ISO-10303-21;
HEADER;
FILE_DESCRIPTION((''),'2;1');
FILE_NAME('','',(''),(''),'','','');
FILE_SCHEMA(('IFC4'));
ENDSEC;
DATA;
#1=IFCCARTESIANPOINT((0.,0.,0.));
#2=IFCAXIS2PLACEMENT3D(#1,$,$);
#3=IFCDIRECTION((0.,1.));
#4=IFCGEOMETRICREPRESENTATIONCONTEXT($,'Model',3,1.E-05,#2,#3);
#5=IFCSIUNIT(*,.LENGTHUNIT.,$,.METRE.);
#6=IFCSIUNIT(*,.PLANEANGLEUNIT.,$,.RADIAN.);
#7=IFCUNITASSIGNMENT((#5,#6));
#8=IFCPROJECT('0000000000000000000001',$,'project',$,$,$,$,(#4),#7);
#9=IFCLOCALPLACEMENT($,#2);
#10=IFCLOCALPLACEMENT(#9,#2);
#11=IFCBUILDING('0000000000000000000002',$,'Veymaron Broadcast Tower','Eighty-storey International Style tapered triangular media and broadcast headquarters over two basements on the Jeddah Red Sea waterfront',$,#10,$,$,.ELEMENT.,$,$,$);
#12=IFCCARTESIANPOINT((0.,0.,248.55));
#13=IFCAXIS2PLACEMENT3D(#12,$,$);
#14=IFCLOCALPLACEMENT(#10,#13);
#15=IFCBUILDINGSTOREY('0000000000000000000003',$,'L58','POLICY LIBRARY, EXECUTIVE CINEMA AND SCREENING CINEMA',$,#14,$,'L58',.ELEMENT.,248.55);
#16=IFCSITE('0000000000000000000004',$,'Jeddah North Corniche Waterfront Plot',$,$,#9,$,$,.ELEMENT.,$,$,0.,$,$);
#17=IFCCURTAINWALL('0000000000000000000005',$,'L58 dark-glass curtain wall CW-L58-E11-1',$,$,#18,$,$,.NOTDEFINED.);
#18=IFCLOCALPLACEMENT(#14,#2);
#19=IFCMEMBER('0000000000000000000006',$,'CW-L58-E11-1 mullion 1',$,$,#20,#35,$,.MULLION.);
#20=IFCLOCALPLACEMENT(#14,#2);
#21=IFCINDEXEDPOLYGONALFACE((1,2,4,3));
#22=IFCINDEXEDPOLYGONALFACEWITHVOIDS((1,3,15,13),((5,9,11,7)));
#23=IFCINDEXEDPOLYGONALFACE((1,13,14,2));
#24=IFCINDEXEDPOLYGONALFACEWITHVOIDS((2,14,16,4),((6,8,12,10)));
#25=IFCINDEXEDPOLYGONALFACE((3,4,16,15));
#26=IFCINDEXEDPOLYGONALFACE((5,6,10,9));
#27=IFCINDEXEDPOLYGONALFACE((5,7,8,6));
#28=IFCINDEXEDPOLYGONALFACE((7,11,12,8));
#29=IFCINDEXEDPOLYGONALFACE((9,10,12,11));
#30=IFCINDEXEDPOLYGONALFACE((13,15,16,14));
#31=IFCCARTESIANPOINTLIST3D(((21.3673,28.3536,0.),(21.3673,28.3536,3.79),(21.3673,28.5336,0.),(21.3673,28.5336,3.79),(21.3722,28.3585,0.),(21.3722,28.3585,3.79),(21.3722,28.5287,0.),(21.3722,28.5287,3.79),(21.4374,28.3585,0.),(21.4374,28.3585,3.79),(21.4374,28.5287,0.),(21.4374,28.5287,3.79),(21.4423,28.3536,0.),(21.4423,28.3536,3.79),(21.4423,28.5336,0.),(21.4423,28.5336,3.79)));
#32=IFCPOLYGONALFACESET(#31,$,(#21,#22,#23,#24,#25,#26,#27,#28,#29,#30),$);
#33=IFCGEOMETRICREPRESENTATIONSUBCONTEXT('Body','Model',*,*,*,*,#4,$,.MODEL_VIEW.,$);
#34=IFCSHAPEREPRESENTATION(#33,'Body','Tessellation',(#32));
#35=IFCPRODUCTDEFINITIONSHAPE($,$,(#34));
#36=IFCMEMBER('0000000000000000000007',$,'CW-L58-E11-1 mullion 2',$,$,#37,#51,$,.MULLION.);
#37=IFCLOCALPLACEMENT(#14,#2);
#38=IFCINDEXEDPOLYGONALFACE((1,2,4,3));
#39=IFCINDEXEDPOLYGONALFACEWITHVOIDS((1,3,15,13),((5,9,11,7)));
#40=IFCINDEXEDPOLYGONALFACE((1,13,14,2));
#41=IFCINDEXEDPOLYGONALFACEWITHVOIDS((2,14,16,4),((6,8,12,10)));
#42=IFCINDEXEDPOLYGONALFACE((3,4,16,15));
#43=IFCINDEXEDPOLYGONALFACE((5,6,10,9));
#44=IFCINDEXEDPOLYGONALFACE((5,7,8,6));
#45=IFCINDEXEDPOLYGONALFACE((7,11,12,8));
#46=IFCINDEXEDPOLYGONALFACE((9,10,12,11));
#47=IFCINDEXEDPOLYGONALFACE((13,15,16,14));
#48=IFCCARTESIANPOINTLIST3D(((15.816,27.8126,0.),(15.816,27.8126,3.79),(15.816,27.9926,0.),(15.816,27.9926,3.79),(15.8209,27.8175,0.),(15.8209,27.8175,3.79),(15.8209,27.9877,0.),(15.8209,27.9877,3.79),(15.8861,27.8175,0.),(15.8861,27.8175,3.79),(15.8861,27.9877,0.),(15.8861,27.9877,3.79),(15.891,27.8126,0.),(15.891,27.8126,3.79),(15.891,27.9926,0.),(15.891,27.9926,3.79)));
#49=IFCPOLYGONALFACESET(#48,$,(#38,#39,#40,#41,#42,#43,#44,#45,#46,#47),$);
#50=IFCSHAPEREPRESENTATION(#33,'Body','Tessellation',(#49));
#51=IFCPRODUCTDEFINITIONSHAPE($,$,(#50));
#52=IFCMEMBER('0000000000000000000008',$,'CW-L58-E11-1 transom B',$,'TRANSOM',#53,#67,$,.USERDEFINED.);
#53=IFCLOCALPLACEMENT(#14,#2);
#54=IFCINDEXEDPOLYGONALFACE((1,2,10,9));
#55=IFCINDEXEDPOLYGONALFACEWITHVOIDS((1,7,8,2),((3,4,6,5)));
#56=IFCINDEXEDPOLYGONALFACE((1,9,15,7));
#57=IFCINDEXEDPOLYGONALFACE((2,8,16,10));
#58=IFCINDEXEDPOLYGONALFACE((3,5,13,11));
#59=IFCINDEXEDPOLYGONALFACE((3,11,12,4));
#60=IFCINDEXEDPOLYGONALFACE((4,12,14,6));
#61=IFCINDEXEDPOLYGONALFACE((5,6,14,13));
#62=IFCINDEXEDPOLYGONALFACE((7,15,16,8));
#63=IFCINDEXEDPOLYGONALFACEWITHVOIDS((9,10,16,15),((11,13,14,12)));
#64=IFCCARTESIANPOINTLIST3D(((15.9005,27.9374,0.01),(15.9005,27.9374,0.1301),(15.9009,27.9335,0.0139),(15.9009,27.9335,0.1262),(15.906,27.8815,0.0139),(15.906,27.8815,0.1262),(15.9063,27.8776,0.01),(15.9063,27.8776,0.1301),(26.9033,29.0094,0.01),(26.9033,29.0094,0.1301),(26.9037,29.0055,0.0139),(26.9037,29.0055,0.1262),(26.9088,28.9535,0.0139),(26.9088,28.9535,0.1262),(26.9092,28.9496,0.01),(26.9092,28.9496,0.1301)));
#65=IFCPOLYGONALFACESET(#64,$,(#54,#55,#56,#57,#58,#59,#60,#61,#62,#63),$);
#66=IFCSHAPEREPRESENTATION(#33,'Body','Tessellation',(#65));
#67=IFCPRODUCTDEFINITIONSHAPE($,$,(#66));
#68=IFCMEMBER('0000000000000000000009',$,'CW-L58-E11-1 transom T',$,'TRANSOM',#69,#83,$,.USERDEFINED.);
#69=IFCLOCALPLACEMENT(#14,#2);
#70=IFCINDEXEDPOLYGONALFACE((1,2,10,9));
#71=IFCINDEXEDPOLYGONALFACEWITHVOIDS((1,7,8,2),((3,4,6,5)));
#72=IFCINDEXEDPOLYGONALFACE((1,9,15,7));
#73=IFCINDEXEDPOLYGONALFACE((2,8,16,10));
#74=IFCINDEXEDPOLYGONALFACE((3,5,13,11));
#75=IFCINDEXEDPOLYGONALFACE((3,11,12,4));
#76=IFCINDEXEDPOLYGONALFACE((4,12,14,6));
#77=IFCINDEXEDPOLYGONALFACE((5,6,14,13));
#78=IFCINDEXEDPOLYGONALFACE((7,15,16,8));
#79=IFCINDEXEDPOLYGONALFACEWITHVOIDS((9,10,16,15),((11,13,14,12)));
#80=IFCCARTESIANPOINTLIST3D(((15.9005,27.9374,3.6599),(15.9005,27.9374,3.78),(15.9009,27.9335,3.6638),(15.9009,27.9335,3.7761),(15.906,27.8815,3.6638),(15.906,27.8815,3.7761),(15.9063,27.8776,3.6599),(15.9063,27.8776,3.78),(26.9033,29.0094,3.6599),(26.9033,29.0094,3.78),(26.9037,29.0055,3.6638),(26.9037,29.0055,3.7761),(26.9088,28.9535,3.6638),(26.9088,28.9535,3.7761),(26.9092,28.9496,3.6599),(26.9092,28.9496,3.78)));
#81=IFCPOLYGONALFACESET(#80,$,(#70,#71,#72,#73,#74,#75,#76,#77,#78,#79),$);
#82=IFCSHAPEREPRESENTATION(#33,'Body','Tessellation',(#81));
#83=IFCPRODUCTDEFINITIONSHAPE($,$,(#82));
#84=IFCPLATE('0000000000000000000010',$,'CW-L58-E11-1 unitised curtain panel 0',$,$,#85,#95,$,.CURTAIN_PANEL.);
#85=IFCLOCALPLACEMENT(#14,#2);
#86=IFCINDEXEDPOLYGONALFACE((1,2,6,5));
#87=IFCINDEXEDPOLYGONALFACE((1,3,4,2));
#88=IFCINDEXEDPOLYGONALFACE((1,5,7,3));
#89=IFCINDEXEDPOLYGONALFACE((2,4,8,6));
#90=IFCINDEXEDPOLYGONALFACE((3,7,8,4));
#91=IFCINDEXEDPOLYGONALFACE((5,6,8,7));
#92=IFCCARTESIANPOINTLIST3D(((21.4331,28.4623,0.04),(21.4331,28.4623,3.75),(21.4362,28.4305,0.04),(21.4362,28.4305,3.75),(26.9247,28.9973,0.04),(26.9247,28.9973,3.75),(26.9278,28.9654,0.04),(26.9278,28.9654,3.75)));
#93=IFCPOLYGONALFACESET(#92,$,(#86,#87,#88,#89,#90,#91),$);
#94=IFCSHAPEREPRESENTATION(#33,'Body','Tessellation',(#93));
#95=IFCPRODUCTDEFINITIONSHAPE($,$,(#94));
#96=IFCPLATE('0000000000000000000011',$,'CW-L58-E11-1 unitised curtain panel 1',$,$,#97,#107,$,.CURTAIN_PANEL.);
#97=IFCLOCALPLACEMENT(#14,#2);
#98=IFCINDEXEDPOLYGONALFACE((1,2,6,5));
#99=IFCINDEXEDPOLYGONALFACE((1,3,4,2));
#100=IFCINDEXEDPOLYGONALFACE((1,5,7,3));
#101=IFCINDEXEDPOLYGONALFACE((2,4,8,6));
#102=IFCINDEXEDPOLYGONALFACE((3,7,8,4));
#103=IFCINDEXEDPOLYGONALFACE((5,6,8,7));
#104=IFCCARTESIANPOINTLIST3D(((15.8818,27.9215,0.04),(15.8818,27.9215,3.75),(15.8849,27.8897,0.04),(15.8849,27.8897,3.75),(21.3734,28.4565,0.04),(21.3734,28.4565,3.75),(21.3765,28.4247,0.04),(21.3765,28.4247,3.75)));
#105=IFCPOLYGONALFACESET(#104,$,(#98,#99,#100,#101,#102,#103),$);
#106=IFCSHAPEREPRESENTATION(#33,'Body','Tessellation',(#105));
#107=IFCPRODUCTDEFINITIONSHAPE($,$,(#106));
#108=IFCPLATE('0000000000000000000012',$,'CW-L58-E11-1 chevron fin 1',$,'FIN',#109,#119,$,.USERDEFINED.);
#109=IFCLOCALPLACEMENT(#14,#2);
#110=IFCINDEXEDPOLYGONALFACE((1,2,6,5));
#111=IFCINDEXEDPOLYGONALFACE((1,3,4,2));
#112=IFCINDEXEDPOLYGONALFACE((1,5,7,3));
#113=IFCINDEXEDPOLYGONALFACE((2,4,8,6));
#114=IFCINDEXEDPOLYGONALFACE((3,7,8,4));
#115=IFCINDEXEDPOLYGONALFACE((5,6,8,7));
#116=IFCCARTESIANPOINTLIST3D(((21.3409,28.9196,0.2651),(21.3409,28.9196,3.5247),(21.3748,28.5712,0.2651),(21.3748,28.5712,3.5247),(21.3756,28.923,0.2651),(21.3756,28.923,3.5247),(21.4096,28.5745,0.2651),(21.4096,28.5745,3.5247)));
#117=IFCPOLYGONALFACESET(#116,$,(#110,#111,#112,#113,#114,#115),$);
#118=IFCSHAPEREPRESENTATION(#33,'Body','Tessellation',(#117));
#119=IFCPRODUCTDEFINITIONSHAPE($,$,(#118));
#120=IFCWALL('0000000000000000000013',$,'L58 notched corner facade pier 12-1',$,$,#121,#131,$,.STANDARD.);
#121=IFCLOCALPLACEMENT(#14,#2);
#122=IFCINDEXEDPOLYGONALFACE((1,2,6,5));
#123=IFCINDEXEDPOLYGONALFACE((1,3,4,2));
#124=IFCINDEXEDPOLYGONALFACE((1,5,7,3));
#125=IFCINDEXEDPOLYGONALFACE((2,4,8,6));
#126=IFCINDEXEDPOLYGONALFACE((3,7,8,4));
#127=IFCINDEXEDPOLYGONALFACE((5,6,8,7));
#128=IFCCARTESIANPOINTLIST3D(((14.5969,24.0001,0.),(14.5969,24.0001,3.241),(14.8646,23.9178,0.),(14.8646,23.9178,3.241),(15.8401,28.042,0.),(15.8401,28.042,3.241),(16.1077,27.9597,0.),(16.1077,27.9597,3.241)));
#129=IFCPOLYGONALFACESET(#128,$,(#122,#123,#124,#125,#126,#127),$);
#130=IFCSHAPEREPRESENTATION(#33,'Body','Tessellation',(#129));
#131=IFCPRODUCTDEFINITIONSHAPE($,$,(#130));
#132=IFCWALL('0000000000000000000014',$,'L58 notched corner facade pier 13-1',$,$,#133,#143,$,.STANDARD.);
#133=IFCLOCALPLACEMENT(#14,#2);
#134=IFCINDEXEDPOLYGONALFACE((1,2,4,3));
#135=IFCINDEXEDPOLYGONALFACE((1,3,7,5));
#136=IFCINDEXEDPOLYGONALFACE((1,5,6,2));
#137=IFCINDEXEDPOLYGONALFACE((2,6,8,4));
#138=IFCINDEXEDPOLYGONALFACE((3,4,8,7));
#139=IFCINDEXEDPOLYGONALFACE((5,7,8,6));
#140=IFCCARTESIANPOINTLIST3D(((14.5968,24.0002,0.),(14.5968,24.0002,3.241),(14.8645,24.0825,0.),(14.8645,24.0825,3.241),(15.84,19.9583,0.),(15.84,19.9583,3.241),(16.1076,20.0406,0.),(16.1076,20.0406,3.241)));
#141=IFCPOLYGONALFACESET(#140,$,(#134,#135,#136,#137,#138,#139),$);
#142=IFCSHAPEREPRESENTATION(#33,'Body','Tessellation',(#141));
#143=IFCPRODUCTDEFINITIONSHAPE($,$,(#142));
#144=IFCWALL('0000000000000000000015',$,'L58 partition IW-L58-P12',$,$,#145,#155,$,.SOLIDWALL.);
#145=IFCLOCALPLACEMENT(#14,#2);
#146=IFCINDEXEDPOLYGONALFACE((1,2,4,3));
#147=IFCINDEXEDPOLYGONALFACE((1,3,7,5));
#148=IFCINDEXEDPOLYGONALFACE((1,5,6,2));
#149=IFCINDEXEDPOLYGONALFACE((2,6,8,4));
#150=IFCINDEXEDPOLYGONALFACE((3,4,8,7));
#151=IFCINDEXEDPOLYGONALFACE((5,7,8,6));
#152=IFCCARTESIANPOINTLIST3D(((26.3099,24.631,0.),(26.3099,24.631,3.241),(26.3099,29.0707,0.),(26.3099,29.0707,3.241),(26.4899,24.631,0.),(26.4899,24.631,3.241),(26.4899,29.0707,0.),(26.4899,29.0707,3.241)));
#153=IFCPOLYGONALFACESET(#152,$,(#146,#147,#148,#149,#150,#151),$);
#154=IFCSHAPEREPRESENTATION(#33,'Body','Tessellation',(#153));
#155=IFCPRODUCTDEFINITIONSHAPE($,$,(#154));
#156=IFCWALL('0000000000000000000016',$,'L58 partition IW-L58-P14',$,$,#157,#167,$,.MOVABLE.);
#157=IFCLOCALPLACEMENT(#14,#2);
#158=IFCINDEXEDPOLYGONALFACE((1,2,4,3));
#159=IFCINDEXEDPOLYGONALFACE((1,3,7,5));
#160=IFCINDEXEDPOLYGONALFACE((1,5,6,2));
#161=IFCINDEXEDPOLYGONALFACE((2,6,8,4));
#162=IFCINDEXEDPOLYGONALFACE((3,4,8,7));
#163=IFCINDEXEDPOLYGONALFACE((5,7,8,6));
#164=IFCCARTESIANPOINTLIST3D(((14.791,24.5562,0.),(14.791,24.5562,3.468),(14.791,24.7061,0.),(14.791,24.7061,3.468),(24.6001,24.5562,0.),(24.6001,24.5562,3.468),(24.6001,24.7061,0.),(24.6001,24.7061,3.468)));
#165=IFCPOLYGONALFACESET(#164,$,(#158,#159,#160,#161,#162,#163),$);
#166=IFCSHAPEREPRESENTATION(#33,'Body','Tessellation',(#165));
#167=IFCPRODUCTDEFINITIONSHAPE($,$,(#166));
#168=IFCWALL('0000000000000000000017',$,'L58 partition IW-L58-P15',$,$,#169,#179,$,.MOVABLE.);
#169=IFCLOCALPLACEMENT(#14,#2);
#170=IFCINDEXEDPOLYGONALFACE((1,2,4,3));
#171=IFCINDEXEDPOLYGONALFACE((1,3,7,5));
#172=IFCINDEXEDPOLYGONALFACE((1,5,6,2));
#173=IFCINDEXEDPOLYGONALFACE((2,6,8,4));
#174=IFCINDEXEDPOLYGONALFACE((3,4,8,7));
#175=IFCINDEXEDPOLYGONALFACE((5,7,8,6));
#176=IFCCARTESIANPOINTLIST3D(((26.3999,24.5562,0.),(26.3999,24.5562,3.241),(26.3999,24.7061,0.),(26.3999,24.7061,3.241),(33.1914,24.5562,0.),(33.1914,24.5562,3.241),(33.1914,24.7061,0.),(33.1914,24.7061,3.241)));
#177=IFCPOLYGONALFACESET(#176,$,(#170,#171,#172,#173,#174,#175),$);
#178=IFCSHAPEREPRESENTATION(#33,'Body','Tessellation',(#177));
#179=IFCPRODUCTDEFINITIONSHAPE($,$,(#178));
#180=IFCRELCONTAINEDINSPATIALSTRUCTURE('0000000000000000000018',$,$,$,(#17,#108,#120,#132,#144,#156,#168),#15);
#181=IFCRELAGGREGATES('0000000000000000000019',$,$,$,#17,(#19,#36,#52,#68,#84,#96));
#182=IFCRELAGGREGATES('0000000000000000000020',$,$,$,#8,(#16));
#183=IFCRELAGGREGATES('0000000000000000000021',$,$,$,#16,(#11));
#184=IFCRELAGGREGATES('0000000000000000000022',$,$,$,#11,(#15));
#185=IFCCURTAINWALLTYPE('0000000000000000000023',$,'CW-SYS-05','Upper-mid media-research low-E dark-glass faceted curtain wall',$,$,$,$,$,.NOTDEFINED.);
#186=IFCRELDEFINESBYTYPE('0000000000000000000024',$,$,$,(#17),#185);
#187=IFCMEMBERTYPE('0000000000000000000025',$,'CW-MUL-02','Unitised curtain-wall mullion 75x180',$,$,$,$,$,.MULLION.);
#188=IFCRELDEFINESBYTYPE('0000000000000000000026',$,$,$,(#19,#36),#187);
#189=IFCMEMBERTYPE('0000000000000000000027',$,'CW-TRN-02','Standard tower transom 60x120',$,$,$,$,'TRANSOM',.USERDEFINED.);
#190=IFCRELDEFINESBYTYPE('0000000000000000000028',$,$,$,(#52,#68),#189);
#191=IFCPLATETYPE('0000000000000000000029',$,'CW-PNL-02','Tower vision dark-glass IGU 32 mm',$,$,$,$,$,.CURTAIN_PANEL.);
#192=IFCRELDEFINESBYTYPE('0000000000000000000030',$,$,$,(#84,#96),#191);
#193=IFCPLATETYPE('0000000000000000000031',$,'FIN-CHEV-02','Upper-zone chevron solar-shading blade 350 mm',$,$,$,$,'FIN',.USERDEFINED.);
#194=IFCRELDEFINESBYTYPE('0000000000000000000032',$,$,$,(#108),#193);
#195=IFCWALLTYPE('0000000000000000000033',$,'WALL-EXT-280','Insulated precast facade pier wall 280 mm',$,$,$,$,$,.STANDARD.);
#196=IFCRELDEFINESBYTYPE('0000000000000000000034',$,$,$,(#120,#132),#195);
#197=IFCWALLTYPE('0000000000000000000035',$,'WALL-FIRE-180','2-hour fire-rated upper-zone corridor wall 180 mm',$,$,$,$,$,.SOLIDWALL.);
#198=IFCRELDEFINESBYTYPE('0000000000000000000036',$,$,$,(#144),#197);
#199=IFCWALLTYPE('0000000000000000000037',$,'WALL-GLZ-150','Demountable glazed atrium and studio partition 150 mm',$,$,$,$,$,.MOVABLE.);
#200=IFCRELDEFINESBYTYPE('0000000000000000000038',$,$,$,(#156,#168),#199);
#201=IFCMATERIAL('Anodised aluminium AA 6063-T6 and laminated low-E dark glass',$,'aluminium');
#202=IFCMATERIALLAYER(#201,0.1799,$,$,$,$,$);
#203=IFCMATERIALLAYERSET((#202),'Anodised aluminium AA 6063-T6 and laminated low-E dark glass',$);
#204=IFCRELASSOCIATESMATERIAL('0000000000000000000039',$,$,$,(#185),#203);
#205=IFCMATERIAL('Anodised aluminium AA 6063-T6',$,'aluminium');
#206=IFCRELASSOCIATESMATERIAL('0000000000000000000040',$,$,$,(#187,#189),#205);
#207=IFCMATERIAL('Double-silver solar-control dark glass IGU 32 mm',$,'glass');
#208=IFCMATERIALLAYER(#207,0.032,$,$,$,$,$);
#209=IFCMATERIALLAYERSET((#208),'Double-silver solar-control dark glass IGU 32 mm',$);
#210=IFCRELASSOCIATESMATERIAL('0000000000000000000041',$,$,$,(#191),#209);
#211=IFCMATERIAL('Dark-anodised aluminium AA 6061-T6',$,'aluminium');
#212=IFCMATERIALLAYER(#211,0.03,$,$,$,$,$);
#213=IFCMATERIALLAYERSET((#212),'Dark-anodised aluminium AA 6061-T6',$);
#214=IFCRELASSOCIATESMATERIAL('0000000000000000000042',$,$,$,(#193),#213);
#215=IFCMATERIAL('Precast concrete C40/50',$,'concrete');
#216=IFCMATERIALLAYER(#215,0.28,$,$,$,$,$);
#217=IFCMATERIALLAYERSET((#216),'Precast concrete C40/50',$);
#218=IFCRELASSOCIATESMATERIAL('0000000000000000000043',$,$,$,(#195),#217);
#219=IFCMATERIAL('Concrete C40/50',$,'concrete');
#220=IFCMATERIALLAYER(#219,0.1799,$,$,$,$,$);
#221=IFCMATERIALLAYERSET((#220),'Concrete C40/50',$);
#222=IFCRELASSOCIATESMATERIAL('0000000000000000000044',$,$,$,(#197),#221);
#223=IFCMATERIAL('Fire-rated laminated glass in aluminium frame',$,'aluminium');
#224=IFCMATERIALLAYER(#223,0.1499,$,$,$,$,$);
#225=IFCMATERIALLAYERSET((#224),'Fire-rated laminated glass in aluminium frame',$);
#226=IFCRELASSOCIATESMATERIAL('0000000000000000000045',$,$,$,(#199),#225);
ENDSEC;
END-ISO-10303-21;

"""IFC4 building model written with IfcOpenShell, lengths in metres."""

from ifc_helpers import new_model, si_unit, direction, frame, frame_2d, origin, origin_2d, place, context, subcontext, project, spatial, rectangle, hollow_rectangle, extrude, material, layer, layer_set, material_profile, profile_set, type_object, element, aggregate, save


model = new_model("IFC4")

# Units and contexts
model_context = context("Model", 3, precision=1e-05, world=origin(), true_north=direction((0.0, 1.0)))
body_context = subcontext(model_context, "Body", "Model", "MODEL_VIEW")
ifc_project = project(units=[si_unit("LENGTHUNIT", "METRE"), si_unit("PLANEANGLEUNIT", "RADIAN")], contexts=[model_context])

# Site, building, storey
site_placement = place(None, origin())
site = spatial("IfcSite", under=ifc_project, at=site_placement, Name="Jeddah North Corniche Waterfront Plot", CompositionType="ELEMENT", RefElevation=0.0)
building_placement = place(site_placement, origin())
building = spatial("IfcBuilding", under=site, at=building_placement, Name="Veymaron Broadcast Tower", Description="Eighty-storey International Style tapered triangular media and broadcast headquarters over two basements on the Jeddah Red Sea waterfront", CompositionType="ELEMENT")
storey_placement = place(building_placement, frame((0.0, 0.0, 248.55)))
storey = spatial("IfcBuildingStorey", under=building, at=storey_placement, Name="L58", Description="POLICY LIBRARY, EXECUTIVE CINEMA AND SCREENING CINEMA", LongName="L58", CompositionType="ELEMENT", Elevation=248.55)

# Curtain wall, members, plates
ifc_material_1 = material(Name="Anodised aluminium AA 6063-T6 and laminated low-E dark glass", Category="aluminium")
ifc_layer_1 = layer(ifc_material_1, 0.1799)
ifc_layer_set_1 = layer_set([ifc_layer_1], Name="Anodised aluminium AA 6063-T6 and laminated low-E dark glass")
curtain_wall_type = type_object("IfcCurtainWallType", Name="CW-SYS-05", Description="Upper-mid media-research low-E dark-glass faceted curtain wall", PredefinedType="NOTDEFINED", material=ifc_layer_set_1)
curtain_wall_placement = place(storey_placement, origin())
curtain_wall = element("IfcCurtainWall", 1, at=curtain_wall_placement, inside=storey, type_object=curtain_wall_type, Name="L58 dark-glass curtain wall CW-L58-E11-1", PredefinedType="NOTDEFINED")
ifc_material_2 = material(Name="Anodised aluminium AA 6063-T6", Category="aluminium")
ifc_material_profile_1 = material_profile(ifc_material_2, hollow_rectangle(XDim=0.075, YDim=0.1799, WallThickness=0.0049, at=origin_2d()), Name="AL180X75X5")
ifc_profile_set_1 = profile_set([ifc_material_profile_1], Name="Anodised aluminium AA 6063-T6")
member_type_1 = type_object("IfcMemberType", Name="CW-MUL-02", Description="Unitised curtain-wall mullion 75x180", PredefinedType="MULLION", material=ifc_profile_set_1)
member_1_placement = place(storey_placement, frame((21.4048, 28.4436, 0.0), z_axis=(0.0, 0.0, 1.0), x_axis=(1.0, 0.0, 0.0)))
member_1 = element("IfcMember", 2, at=member_1_placement, type_object=member_type_1, Name="CW-L58-E11-1 mullion 1", PredefinedType="MULLION", context=body_context, shape_type="SweptSolid", body=[
    extrude(hollow_rectangle(XDim=0.075, YDim=0.1799, WallThickness=0.0049, at=origin_2d()), origin(), (0.0, 0.0, 1.0), 3.79),
])
member_2_placement = place(storey_placement, frame((15.8535, 27.9026, 0.0), z_axis=(0.0, 0.0, 1.0), x_axis=(1.0, 0.0, 0.0)))
member_2 = element("IfcMember", 3, at=member_2_placement, type_object=member_type_1, Name="CW-L58-E11-1 mullion 2", PredefinedType="MULLION", context=body_context, shape_type="SweptSolid", body=[
    extrude(hollow_rectangle(XDim=0.075, YDim=0.1799, WallThickness=0.0049, at=origin_2d()), origin(), (0.0, 0.0, 1.0), 3.79),
])
ifc_material_profile_2 = material_profile(ifc_material_2, hollow_rectangle(XDim=0.0601, YDim=0.1201, WallThickness=0.0039, at=origin_2d()), Name="AL120X60X4")
ifc_profile_set_2 = profile_set([ifc_material_profile_2], Name="Anodised aluminium AA 6063-T6")
member_type_2 = type_object("IfcMemberType", Name="CW-TRN-02", Description="Standard tower transom 60x120", ElementType="TRANSOM", PredefinedType="USERDEFINED", material=ifc_profile_set_2)
member_3_placement = place(storey_placement, frame((26.9062, 28.9795, 0.0701), z_axis=(-0.995287, -0.096971, 0.0), x_axis=(0.096971, -0.995287, 0.0)))
member_3 = element("IfcMember", 4, at=member_3_placement, type_object=member_type_2, Name="CW-L58-E11-1 transom B", ObjectType="TRANSOM", PredefinedType="USERDEFINED", context=body_context, shape_type="SweptSolid", body=[
    extrude(hollow_rectangle(XDim=0.0601, YDim=0.1201, WallThickness=0.0039, at=origin_2d()), origin(), (0.0, 0.0, 1.0), 11.0549),
])
member_4_placement = place(storey_placement, frame((26.9062, 28.9795, 3.72), z_axis=(-0.995287, -0.096971, 0.0), x_axis=(0.096971, -0.995287, 0.0)))
member_4 = element("IfcMember", 5, at=member_4_placement, type_object=member_type_2, Name="CW-L58-E11-1 transom T", ObjectType="TRANSOM", PredefinedType="USERDEFINED", context=body_context, shape_type="SweptSolid", body=[
    extrude(hollow_rectangle(XDim=0.0601, YDim=0.1201, WallThickness=0.0039, at=origin_2d()), origin(), (0.0, 0.0, 1.0), 11.0549),
])
ifc_material_3 = material(Name="Double-silver solar-control dark glass IGU 32 mm", Category="glass")
ifc_layer_2 = layer(ifc_material_3, 0.032)
ifc_layer_set_2 = layer_set([ifc_layer_2], Name="Double-silver solar-control dark glass IGU 32 mm")
plate_type_1 = type_object("IfcPlateType", Name="CW-PNL-02", Description="Tower vision dark-glass IGU 32 mm", PredefinedType="CURTAIN_PANEL", material=ifc_layer_set_2)
plate_1_placement = place(storey_placement, frame((24.1804, 28.7139, 0.04), z_axis=(0.0, 0.0, 1.0), x_axis=(-0.995289, -0.096958, 0.0)))
plate_1 = element("IfcPlate", 6, at=plate_1_placement, type_object=plate_type_1, Name="CW-L58-E11-1 unitised curtain panel 0", PredefinedType="CURTAIN_PANEL", context=body_context, shape_type="SweptSolid", body=[
    extrude(rectangle(XDim=5.5176, YDim=0.032, at=origin_2d()), origin(), (0.0, 0.0, 1.0), 3.71),
])
plate_2_placement = place(storey_placement, frame((18.6292, 28.1731, 0.04), z_axis=(0.0, 0.0, 1.0), x_axis=(-0.995289, -0.096958, 0.0)))
plate_2 = element("IfcPlate", 7, at=plate_2_placement, type_object=plate_type_1, Name="CW-L58-E11-1 unitised curtain panel 1", PredefinedType="CURTAIN_PANEL", context=body_context, shape_type="SweptSolid", body=[
    extrude(rectangle(XDim=5.5176, YDim=0.032, at=origin_2d()), origin(), (0.0, 0.0, 1.0), 3.71),
])
aggregate(curtain_wall, [member_1, member_2, member_3, member_4, plate_1, plate_2])

# Plate
ifc_material_4 = material(Name="Dark-anodised aluminium AA 6061-T6", Category="aluminium")
ifc_layer_3 = layer(ifc_material_4, 0.03)
ifc_layer_set_3 = layer_set([ifc_layer_3], Name="Dark-anodised aluminium AA 6061-T6")
plate_type_2 = type_object("IfcPlateType", Name="FIN-CHEV-02", Description="Upper-zone chevron solar-shading blade 350 mm", ElementType="FIN", PredefinedType="USERDEFINED", material=ifc_layer_set_3)
plate_3_placement = place(storey_placement, frame((21.3752, 28.7471, 0.2651), z_axis=(0.0, 0.0, 1.0), x_axis=(-0.096958, 0.995289, 0.0)))
element("IfcPlate", 8, at=plate_3_placement, inside=storey, type_object=plate_type_2, Name="CW-L58-E11-1 chevron fin 1", ObjectType="FIN", PredefinedType="USERDEFINED", context=body_context, shape_type="SweptSolid", body=[
    extrude(rectangle(XDim=0.3501, YDim=0.0349, at=origin_2d()), origin(), (0.0, 0.0, 1.0), 3.2595),
])

# Walls
ifc_material_5 = material(Name="Precast concrete C40/50", Category="concrete")
ifc_layer_4 = layer(ifc_material_5, 0.28)
ifc_layer_set_4 = layer_set([ifc_layer_4], Name="Precast concrete C40/50")
wall_type_1 = type_object("IfcWallType", Name="WALL-EXT-280", Description="Insulated precast facade pier wall 280 mm", PredefinedType="STANDARD", material=ifc_layer_set_4)
for number, where, z_axis, x_axis, name in (
    (9, (15.9739, 28.0007, 0.0), (0.0, 0.0, 1.0), (-0.293972, -0.955814, 0.0), "L58 notched corner facade pier 12-1"),
    (10, (14.7307, 24.0413, 0.0), (0.0, 0.0, 1.0), (0.293972, -0.955814, 0.0), "L58 notched corner facade pier 13-1"),
):
    element("IfcWall", number, at=place(storey_placement, frame(where, z_axis=z_axis, x_axis=x_axis)), inside=storey, type_object=wall_type_1, Name=name, PredefinedType="STANDARD", context=body_context, shape_type="SweptSolid", body=[
        extrude(rectangle(XDim=4.2288, YDim=0.28, at=frame_2d((2.1143, 0.0))), origin(), (0.0, 0.0, 1.0), 3.241),
    ])

# Shared definitions
ifc_material_6 = material(Name="Concrete C40/50", Category="concrete")
ifc_layer_5 = layer(ifc_material_6, 0.1799)
ifc_layer_set_5 = layer_set([ifc_layer_5], Name="Concrete C40/50")
wall_type_2 = type_object("IfcWallType", Name="WALL-FIRE-180", Description="2-hour fire-rated upper-zone corridor wall 180 mm", PredefinedType="SOLIDWALL", material=ifc_layer_set_5)

# Walls
wall_1_placement = place(storey_placement, frame((26.3999, 24.6311, 0.0), z_axis=(0.0, 0.0, 1.0), x_axis=(0.0, 1.0, 0.0)))
element("IfcWall", 11, at=wall_1_placement, inside=storey, type_object=wall_type_2, Name="L58 partition IW-L58-P12", PredefinedType="SOLIDWALL", context=body_context, shape_type="SweptSolid", body=[
    extrude(rectangle(XDim=4.4397, YDim=0.1799, at=frame_2d((2.2197, 0.0))), origin(), (0.0, 0.0, 1.0), 3.241),
])
ifc_material_7 = material(Name="Fire-rated laminated glass in aluminium frame", Category="aluminium")
ifc_layer_6 = layer(ifc_material_7, 0.1499)
ifc_layer_set_6 = layer_set([ifc_layer_6], Name="Fire-rated laminated glass in aluminium frame")
wall_type_3 = type_object("IfcWallType", Name="WALL-GLZ-150", Description="Demountable glazed atrium and studio partition 150 mm", PredefinedType="MOVABLE", material=ifc_layer_set_6)
wall_2_placement = place(storey_placement, frame((14.791, 24.6311, 0.0), z_axis=(0.0, 0.0, 1.0), x_axis=(1.0, 0.0, 0.0)))
element("IfcWall", 12, at=wall_2_placement, inside=storey, type_object=wall_type_3, Name="L58 partition IW-L58-P14", PredefinedType="MOVABLE", context=body_context, shape_type="SweptSolid", body=[
    extrude(rectangle(XDim=9.8091, YDim=0.1499, at=frame_2d((4.9045, 0.0))), origin(), (0.0, 0.0, 1.0), 3.468),
])
wall_3_placement = place(storey_placement, frame((26.3999, 24.6311, 0.0), z_axis=(0.0, 0.0, 1.0), x_axis=(1.0, 0.0, 0.0)))
element("IfcWall", 13, at=wall_3_placement, inside=storey, type_object=wall_type_3, Name="L58 partition IW-L58-P15", PredefinedType="MOVABLE", context=body_context, shape_type="SweptSolid", body=[
    extrude(rectangle(XDim=6.7915, YDim=0.1499, at=frame_2d((3.3958, 0.0))), origin(), (0.0, 0.0, 1.0), 3.241),
])

save(model, "model.ifc")
